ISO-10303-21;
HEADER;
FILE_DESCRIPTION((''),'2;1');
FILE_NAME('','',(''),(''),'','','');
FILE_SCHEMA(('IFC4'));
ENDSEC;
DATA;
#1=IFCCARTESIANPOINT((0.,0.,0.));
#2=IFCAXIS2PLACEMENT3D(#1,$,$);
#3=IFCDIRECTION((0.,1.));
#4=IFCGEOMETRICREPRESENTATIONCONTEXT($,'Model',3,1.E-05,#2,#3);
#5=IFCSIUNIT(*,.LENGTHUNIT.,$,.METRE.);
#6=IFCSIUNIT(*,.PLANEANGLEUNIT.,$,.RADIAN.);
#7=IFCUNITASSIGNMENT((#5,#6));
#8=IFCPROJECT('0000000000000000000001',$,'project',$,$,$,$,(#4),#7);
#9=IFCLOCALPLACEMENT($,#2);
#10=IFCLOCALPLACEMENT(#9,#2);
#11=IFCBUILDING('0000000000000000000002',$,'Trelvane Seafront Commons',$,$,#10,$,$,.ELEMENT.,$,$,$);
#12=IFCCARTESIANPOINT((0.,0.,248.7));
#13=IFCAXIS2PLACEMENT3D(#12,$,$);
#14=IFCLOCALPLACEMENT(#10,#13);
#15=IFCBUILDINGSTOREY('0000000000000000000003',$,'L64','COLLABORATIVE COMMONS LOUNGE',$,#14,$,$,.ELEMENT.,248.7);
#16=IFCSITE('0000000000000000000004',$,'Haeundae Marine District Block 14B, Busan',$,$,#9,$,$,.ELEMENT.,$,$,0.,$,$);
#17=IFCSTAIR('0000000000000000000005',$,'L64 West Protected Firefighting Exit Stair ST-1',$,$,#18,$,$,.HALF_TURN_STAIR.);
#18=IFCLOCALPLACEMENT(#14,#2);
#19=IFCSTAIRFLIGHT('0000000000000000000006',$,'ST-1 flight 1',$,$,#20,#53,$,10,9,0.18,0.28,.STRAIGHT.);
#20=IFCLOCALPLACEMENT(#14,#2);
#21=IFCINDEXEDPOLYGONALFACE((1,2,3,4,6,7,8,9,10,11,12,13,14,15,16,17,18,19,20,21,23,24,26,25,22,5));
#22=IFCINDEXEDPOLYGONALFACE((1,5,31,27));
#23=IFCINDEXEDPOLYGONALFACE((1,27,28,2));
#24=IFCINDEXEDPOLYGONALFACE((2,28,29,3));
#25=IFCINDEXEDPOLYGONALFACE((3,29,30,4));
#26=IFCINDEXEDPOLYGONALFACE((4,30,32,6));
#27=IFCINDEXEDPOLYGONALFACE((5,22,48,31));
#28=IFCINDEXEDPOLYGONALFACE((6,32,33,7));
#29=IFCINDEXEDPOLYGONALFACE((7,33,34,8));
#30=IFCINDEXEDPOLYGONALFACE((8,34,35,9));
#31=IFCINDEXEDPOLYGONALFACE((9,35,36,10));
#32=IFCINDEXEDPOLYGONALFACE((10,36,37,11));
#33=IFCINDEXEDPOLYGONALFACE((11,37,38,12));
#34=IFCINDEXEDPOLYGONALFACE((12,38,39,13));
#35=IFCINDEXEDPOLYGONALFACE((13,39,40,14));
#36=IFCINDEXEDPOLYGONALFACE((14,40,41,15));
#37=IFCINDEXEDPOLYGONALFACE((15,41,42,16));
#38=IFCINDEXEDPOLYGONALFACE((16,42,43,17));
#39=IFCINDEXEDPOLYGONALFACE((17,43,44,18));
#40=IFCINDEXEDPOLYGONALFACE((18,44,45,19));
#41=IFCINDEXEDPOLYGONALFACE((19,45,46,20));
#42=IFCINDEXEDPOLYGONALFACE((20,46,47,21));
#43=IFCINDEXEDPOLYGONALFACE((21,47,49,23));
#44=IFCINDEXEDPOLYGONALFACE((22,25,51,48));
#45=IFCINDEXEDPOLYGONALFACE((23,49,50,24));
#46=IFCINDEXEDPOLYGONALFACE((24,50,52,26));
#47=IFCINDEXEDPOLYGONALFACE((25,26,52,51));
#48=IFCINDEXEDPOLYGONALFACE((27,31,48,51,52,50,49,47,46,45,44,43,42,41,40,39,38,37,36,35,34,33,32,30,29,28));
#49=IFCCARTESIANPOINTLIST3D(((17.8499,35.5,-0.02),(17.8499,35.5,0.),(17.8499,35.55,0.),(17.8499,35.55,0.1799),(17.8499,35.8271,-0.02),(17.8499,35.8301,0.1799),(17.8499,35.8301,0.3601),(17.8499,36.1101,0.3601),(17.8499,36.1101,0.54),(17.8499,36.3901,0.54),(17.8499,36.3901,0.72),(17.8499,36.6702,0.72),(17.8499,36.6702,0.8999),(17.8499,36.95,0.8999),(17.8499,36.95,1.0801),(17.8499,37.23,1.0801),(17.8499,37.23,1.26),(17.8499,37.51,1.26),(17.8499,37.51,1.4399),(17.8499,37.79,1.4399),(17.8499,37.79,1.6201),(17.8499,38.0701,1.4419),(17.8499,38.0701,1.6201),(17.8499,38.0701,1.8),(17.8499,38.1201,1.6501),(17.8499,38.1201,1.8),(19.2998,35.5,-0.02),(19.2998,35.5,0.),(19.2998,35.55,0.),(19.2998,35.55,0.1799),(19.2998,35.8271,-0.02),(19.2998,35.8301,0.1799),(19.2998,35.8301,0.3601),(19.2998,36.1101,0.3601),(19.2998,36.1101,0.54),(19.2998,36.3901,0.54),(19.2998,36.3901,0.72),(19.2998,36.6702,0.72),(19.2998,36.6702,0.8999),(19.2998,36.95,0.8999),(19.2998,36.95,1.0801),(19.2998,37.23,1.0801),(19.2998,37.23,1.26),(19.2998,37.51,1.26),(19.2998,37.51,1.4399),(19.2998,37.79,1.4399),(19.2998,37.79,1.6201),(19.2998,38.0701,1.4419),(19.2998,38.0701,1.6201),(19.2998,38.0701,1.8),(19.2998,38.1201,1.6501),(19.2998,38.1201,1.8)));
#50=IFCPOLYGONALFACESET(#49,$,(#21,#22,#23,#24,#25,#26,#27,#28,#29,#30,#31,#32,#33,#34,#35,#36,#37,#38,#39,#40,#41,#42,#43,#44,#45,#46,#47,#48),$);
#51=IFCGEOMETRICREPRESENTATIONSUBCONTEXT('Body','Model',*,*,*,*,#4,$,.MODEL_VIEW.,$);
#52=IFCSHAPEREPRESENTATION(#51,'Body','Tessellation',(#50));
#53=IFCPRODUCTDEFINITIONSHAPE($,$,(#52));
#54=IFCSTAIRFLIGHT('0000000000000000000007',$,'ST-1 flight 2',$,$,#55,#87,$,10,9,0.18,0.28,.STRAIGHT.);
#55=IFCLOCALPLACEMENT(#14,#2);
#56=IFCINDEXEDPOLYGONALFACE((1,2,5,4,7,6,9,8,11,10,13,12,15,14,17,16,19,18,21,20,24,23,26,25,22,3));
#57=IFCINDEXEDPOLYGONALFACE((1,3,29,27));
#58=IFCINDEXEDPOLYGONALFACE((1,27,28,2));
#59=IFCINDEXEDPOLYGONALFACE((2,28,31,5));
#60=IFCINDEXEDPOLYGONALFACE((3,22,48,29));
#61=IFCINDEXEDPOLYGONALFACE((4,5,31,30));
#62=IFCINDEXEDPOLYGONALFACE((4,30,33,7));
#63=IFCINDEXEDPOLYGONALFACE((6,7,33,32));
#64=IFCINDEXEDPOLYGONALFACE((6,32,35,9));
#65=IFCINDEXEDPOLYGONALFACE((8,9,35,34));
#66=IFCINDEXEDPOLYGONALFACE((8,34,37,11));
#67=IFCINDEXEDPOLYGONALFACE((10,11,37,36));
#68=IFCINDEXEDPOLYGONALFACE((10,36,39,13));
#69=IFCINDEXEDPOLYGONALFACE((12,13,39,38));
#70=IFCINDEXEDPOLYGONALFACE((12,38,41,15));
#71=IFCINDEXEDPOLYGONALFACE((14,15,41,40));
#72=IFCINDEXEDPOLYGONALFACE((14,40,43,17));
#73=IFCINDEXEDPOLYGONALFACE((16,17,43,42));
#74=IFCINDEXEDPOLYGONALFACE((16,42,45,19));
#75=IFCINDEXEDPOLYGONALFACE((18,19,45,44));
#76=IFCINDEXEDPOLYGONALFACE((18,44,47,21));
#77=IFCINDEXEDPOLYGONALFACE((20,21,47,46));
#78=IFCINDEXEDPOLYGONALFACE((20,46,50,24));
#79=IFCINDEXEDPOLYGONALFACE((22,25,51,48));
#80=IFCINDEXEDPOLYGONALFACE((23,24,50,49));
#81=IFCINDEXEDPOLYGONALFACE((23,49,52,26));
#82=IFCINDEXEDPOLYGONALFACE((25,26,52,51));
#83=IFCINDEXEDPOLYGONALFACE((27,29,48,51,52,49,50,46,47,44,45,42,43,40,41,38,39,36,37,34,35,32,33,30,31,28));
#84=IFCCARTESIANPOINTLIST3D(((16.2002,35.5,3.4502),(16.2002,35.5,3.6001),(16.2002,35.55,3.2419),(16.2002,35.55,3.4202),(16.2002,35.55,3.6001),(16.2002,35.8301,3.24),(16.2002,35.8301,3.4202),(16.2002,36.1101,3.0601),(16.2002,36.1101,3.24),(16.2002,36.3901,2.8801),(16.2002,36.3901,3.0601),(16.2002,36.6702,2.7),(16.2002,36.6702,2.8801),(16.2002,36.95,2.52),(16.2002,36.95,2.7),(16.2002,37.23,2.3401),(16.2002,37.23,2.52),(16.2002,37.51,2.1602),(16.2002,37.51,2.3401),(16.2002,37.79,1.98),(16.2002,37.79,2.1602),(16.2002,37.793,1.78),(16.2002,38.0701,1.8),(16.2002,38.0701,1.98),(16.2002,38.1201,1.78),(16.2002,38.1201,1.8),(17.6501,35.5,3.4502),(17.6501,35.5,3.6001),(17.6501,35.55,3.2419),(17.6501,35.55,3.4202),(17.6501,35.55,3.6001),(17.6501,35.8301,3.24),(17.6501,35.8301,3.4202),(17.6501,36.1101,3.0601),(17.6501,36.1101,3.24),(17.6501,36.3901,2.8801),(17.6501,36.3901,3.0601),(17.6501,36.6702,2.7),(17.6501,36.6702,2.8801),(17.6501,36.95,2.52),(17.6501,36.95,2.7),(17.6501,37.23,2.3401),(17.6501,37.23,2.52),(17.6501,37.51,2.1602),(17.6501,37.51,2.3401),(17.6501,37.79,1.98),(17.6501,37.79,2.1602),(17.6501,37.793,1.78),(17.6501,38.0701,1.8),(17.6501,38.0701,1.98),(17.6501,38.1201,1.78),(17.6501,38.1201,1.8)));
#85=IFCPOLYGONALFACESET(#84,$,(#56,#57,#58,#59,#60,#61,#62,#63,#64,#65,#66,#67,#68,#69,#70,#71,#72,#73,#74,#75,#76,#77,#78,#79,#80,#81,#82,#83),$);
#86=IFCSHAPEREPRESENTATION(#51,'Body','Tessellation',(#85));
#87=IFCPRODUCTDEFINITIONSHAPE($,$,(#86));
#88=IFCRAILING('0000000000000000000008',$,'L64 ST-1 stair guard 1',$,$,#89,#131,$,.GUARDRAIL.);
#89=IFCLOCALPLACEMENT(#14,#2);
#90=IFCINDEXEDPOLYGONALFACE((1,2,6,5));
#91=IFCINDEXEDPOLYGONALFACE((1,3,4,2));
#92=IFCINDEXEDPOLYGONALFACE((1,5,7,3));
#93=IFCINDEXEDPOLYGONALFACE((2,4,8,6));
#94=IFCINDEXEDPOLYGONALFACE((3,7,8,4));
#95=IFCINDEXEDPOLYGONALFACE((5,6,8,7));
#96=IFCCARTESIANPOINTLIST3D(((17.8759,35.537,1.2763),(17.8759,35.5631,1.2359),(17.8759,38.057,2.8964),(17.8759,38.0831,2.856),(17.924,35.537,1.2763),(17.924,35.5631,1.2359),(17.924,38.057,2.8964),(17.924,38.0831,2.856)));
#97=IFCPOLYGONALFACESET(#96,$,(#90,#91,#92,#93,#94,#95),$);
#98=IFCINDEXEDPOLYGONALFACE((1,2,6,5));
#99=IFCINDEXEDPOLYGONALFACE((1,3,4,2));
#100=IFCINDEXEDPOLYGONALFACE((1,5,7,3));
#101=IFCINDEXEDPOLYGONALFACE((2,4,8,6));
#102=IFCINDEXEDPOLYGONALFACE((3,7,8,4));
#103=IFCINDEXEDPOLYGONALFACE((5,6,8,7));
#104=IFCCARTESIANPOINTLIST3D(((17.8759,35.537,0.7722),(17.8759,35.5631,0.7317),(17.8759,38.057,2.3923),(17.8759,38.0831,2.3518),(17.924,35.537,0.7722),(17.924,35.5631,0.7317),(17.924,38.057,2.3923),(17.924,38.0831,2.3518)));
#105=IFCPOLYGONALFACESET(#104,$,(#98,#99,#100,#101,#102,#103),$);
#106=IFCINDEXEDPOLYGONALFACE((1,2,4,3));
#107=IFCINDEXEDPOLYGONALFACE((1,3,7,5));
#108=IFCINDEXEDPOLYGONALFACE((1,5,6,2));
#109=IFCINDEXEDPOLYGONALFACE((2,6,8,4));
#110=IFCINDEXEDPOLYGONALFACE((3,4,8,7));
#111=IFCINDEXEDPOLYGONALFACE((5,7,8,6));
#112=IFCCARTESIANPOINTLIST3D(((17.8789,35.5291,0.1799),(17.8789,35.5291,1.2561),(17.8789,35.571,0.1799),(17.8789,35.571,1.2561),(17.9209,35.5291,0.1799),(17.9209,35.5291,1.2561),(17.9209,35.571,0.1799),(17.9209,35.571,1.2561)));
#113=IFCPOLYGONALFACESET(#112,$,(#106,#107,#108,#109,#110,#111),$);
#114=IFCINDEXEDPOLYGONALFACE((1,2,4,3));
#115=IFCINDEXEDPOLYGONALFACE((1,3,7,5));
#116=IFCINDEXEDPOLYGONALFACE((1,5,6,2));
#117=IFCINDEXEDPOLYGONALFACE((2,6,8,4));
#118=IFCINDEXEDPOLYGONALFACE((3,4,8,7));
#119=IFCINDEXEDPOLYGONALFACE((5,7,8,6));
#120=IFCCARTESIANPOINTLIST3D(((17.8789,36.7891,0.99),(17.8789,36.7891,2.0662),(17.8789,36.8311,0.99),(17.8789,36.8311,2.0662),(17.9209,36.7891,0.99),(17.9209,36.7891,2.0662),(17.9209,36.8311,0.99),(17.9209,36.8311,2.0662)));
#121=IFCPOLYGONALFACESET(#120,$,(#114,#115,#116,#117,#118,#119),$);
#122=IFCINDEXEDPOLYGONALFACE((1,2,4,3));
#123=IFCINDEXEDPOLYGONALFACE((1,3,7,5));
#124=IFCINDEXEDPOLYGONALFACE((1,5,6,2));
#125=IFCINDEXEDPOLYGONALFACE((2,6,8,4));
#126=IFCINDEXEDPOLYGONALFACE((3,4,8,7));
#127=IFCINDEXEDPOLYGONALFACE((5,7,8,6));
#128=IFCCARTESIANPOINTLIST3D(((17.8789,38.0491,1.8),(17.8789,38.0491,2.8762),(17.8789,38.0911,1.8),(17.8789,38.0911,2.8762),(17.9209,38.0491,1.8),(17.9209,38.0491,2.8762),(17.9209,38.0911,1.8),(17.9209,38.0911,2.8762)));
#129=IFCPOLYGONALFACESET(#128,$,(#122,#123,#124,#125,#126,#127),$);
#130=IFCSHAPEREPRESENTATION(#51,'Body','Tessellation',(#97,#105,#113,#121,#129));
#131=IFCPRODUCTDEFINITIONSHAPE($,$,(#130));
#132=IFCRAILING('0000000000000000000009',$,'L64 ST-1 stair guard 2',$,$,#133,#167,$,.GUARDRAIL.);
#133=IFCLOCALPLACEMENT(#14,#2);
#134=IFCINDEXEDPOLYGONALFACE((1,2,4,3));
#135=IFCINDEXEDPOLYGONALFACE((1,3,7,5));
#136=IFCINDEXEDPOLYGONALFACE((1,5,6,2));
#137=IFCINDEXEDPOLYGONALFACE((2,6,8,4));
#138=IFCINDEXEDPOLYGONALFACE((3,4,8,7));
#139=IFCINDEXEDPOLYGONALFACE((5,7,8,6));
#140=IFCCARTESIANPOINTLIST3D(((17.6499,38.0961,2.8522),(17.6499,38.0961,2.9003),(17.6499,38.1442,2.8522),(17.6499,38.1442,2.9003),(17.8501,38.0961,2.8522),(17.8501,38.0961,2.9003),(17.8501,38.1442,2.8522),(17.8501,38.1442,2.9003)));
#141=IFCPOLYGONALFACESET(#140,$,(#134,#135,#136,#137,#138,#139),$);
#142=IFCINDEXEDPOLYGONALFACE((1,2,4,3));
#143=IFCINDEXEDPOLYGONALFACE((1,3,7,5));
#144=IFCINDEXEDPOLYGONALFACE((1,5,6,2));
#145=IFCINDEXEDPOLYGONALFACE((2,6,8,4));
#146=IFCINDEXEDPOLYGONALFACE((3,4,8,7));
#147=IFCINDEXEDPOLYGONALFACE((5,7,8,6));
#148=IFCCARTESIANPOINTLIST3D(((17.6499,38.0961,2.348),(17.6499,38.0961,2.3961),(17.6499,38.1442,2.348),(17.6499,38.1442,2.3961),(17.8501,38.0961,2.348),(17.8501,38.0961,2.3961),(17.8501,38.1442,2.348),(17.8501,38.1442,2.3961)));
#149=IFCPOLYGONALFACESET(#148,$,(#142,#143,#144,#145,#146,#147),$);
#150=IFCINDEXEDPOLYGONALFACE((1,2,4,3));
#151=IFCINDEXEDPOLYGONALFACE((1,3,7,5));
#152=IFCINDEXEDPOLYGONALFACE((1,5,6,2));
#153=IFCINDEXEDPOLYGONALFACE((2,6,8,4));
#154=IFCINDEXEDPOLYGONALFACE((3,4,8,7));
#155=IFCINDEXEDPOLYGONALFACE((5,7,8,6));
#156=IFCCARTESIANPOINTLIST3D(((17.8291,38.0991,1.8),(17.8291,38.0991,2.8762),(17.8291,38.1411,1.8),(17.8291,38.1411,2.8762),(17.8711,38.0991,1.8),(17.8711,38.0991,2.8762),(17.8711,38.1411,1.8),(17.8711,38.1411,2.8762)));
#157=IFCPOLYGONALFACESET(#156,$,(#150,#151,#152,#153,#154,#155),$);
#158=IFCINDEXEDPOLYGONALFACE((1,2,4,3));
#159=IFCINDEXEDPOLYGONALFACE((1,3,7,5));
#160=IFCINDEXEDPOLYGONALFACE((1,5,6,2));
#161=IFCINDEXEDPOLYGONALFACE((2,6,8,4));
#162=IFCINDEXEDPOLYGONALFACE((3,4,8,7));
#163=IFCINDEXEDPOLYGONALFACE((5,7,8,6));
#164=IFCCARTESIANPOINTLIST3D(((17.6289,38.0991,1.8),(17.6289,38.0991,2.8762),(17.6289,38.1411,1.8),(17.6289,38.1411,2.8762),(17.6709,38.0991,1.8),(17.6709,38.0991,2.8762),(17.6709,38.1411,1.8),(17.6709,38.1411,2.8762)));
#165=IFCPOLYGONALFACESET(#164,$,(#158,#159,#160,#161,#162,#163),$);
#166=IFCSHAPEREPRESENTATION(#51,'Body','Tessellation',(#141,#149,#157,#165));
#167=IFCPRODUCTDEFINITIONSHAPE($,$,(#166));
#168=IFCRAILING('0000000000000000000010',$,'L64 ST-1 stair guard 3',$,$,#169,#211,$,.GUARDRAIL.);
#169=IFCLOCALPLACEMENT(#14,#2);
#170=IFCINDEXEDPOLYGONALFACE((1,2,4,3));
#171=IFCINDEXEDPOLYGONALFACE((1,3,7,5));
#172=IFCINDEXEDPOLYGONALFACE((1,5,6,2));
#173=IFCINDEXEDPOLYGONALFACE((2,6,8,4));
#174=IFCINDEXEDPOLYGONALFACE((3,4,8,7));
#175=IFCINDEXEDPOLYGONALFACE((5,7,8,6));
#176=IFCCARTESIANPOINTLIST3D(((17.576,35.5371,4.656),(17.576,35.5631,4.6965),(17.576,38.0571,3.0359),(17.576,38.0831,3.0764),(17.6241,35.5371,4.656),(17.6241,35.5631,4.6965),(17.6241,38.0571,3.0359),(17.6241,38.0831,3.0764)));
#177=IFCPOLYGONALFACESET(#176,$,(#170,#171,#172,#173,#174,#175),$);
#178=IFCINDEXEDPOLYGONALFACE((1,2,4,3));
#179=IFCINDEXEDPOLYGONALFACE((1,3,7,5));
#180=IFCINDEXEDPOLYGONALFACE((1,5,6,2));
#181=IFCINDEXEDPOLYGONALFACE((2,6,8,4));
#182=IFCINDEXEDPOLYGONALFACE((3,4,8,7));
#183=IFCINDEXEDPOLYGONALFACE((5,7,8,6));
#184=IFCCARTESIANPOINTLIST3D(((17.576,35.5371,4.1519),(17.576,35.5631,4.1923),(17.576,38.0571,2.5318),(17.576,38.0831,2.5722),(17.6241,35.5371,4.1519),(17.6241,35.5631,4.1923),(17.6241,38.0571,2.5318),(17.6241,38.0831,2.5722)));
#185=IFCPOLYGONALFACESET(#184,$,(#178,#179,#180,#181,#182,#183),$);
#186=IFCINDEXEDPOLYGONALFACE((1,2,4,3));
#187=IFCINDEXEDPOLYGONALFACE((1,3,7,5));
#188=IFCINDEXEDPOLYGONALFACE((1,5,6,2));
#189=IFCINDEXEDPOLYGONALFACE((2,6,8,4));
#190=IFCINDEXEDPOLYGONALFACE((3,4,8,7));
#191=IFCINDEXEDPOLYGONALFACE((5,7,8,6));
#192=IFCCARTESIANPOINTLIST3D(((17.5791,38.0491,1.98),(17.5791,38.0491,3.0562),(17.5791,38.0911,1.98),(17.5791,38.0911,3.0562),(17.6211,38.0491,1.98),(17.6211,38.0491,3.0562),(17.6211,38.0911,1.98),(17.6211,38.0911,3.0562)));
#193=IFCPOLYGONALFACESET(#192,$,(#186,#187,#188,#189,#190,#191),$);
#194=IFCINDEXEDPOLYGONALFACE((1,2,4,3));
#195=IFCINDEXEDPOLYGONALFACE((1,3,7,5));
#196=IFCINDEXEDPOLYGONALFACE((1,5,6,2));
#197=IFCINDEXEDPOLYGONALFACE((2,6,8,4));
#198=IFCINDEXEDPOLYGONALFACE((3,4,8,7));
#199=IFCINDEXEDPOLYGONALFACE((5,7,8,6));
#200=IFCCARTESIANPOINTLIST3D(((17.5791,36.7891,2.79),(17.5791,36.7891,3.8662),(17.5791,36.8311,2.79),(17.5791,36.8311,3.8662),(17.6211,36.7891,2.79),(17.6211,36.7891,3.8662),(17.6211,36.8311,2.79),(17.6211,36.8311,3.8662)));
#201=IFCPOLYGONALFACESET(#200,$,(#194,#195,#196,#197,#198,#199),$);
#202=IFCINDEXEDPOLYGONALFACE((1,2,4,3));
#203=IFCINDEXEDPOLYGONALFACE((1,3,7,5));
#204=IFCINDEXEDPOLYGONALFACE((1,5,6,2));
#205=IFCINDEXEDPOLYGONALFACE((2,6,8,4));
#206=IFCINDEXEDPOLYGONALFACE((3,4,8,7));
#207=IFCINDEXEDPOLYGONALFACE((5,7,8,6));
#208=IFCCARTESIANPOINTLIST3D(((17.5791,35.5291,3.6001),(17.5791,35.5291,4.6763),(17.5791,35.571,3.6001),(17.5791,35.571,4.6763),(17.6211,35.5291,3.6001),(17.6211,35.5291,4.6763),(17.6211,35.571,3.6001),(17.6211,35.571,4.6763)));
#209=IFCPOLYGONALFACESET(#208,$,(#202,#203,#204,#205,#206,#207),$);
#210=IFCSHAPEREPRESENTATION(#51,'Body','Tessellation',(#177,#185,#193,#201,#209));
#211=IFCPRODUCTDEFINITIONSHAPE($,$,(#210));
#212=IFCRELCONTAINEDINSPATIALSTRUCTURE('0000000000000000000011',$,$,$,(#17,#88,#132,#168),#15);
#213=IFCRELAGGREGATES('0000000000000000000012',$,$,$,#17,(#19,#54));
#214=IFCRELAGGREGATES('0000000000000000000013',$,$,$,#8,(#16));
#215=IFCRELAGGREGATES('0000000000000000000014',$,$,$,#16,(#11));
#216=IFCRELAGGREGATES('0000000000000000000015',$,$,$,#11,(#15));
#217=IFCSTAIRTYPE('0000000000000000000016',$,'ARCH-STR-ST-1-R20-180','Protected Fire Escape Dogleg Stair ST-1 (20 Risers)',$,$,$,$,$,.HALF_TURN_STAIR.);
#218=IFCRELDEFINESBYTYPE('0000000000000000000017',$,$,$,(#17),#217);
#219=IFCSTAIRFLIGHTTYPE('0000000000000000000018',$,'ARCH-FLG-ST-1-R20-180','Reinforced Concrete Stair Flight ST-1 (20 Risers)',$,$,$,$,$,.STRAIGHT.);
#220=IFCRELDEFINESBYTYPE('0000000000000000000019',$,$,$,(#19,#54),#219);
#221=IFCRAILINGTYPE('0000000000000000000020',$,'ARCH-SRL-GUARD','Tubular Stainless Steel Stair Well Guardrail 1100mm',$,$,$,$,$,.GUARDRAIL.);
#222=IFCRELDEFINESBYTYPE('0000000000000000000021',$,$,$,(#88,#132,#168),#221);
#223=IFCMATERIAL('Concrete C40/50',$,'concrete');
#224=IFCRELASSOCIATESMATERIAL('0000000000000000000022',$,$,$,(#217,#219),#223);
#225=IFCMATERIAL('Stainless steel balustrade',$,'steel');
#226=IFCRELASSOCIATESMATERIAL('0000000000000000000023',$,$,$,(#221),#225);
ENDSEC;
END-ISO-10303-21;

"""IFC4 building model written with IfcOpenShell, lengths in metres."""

from ifc_helpers import new_model, si_unit, direction, frame, origin, origin_2d, place, context, subcontext, project, spatial, polyline, rectangle, outline, extrude, source, transform, mapped, material, type_object, element, aggregate, save


model = new_model("IFC4")

# Units and contexts
model_context = context("Model", 3, precision=1e-05, world=origin(), true_north=direction((0.0, 1.0)))
body_context = subcontext(model_context, "Body", "Model", "MODEL_VIEW")
ifc_project = project(units=[si_unit("LENGTHUNIT", "METRE"), si_unit("PLANEANGLEUNIT", "RADIAN")], contexts=[model_context])

# Site, building, storey
site_placement = place(None, origin())
site = spatial("IfcSite", under=ifc_project, at=site_placement, Name="Haeundae Marine District Block 14B, Busan", CompositionType="ELEMENT", RefElevation=0.0)
building_placement = place(site_placement, origin())
building = spatial("IfcBuilding", under=site, at=building_placement, Name="Trelvane Seafront Commons", CompositionType="ELEMENT")
storey_placement = place(building_placement, frame((0.0, 0.0, 248.7)))
storey = spatial("IfcBuildingStorey", under=building, at=storey_placement, Name="L64", Description="COLLABORATIVE COMMONS LOUNGE", CompositionType="ELEMENT", Elevation=248.7)

# Shared definitions
ifc_material_1 = material(Name="Concrete C40/50", Category="concrete")
ifc_material_2 = material(Name="Stainless steel balustrade", Category="steel")

# Stair, stair flights
stair_type = type_object("IfcStairType", Name="ARCH-STR-ST-1-R20-180", Description="Protected Fire Escape Dogleg Stair ST-1 (20 Risers)", PredefinedType="HALF_TURN_STAIR", material=ifc_material_1)
stair_placement = place(storey_placement, origin())
stair = element("IfcStair", 1, at=stair_placement, inside=storey, type_object=stair_type, Name="L64 West Protected Firefighting Exit Stair ST-1", PredefinedType="HALF_TURN_STAIR")
stair_flight_type = type_object("IfcStairFlightType", Name="ARCH-FLG-ST-1-R20-180", Description="Reinforced Concrete Stair Flight ST-1 (20 Risers)", PredefinedType="STRAIGHT", material=ifc_material_1)
shared_shape_1 = source(origin(), body_context, "Body", "SweptSolid", [
    extrude(outline(polyline([(-0.05, -0.02), (-0.05, 0.0), (0.0, 0.0), (0.0, 0.1799), (0.28, 0.1799), (0.28, 0.3601), (0.5601, 0.3601), (0.5601, 0.54), (0.8401, 0.54), (0.8401, 0.72), (1.1201, 0.72), (1.1201, 0.8999), (1.3999, 0.8999), (1.3999, 1.0801), (1.6799, 1.0801), (1.6799, 1.26), (1.96, 1.26), (1.96, 1.4399), (2.24, 1.4399), (2.24, 1.6201), (2.52, 1.6201), (2.52, 1.8), (2.5701, 1.8), (2.5701, 1.6501), (2.52, 1.4419), (0.2771, -0.02), (-0.05, -0.02)])), frame((0.0, 0.7251, 0.0), z_axis=(0.0, -1.0, 0.0), x_axis=(1.0, 0.0, 0.0)), (0.0, 0.0, 1.0), 1.45),
])
stair_flight_1_placement = place(storey_placement, frame((18.575, 35.55, 0.0), z_axis=(0.0, 0.0, 1.0), x_axis=(0.0, 1.0, 0.0)))
stair_flight_1 = element("IfcStairFlight", 2, at=stair_flight_1_placement, type_object=stair_flight_type, Name="ST-1 flight 1", NumberOfRisers=10, NumberOfTreads=9, PredefinedType="STRAIGHT", RiserHeight=0.18, TreadLength=0.28, context=body_context, shape_type="MappedRepresentation", body=[
    mapped(shared_shape_1, transform((0.0, 0.0, 0.0), x_axis=(1.0, 0.0, 0.0), y_axis=(0.0, 1.0, 0.0), z_axis=(0.0, 0.0, 1.0), scale=1.0)),
])
stair_flight_2_placement = place(storey_placement, frame((16.925, 38.0701, 1.8), z_axis=(0.0, 0.0, 1.0), x_axis=(0.0, -1.0, 0.0)))
stair_flight_2 = element("IfcStairFlight", 3, at=stair_flight_2_placement, type_object=stair_flight_type, Name="ST-1 flight 2", NumberOfRisers=10, NumberOfTreads=9, PredefinedType="STRAIGHT", RiserHeight=0.18, TreadLength=0.28, context=body_context, shape_type="MappedRepresentation", body=[
    mapped(shared_shape_1, transform((0.0, 0.0, 0.0), x_axis=(1.0, 0.0, 0.0), y_axis=(0.0, 1.0, 0.0), z_axis=(0.0, 0.0, 1.0), scale=1.0)),
])
aggregate(stair, [stair_flight_1, stair_flight_2])

# Railings
railing_type_1 = type_object("IfcRailingType", Name="ARCH-SRL-GUARD", Description="Tubular Stainless Steel Stair Well Guardrail 1100mm", PredefinedType="GUARDRAIL", material=ifc_material_2)
railing_1_placement = place(storey_placement, frame((17.8999, 35.55, 0.1799)))
element("IfcRailing", 4, at=railing_1_placement, inside=storey, type_object=railing_type_1, Name="L64 ST-1 stair guard 1", PredefinedType="GUARDRAIL", context=body_context, shape_type="SweptSolid", body=[
    extrude(rectangle(XDim=0.0481, YDim=0.0481, at=origin_2d()), frame((0.0, 0.0, 1.0762), z_axis=(0.0, 0.841163, 0.540782), x_axis=(-1.0, 0.0, 0.0)), (0.0, 0.0, 1.0), 2.9958),
    extrude(rectangle(XDim=0.0481, YDim=0.0481, at=origin_2d()), frame((0.0, 0.0, 0.572), z_axis=(0.0, 0.841163, 0.540782), x_axis=(-1.0, 0.0, 0.0)), (0.0, 0.0, 1.0), 2.9958),
    extrude(rectangle(XDim=0.042, YDim=0.042, at=origin_2d()), origin(), (0.0, 0.0, 1.0), 1.0762),
    extrude(rectangle(XDim=0.042, YDim=0.042, at=origin_2d()), frame((0.0, 1.26, 0.8101)), (0.0, 0.0, 1.0), 1.0762),
    extrude(rectangle(XDim=0.042, YDim=0.042, at=origin_2d()), frame((0.0, 2.52, 1.6201)), (0.0, 0.0, 1.0), 1.0762),
])
railing_2_placement = place(storey_placement, frame((17.8501, 38.1201, 1.8)))
element("IfcRailing", 5, at=railing_2_placement, inside=storey, type_object=railing_type_1, Name="L64 ST-1 stair guard 2", PredefinedType="GUARDRAIL", context=body_context, shape_type="SweptSolid", body=[
    extrude(rectangle(XDim=0.0481, YDim=0.0481, at=origin_2d()), frame((0.0, 0.0, 1.0762), z_axis=(-1.0, 0.0, 0.0), x_axis=(0.0, -1.0, 0.0)), (0.0, 0.0, 1.0), 0.2002),
    extrude(rectangle(XDim=0.0481, YDim=0.0481, at=origin_2d()), frame((0.0, 0.0, 0.572), z_axis=(-1.0, 0.0, 0.0), x_axis=(0.0, -1.0, 0.0)), (0.0, 0.0, 1.0), 0.2002),
    extrude(rectangle(XDim=0.042, YDim=0.042, at=origin_2d()), origin(), (0.0, 0.0, 1.0), 1.0762),
    extrude(rectangle(XDim=0.042, YDim=0.042, at=origin_2d()), frame((-0.2002, 0.0, 0.0)), (0.0, 0.0, 1.0), 1.0762),
])
railing_3_placement = place(storey_placement, frame((17.6001, 38.0701, 1.98)))
element("IfcRailing", 6, at=railing_3_placement, inside=storey, type_object=railing_type_1, Name="L64 ST-1 stair guard 3", PredefinedType="GUARDRAIL", context=body_context, shape_type="SweptSolid", body=[
    extrude(rectangle(XDim=0.0481, YDim=0.0481, at=origin_2d()), frame((0.0, 0.0, 1.0762), z_axis=(0.0, -0.841163, 0.540782), x_axis=(1.0, 0.0, 0.0)), (0.0, 0.0, 1.0), 2.9958),
    extrude(rectangle(XDim=0.0481, YDim=0.0481, at=origin_2d()), frame((0.0, 0.0, 0.572), z_axis=(0.0, -0.841163, 0.540782), x_axis=(1.0, 0.0, 0.0)), (0.0, 0.0, 1.0), 2.9958),
    extrude(rectangle(XDim=0.042, YDim=0.042, at=origin_2d()), origin(), (0.0, 0.0, 1.0), 1.0762),
    extrude(rectangle(XDim=0.042, YDim=0.042, at=origin_2d()), frame((0.0, -1.26, 0.8101)), (0.0, 0.0, 1.0), 1.0762),
    extrude(rectangle(XDim=0.042, YDim=0.042, at=origin_2d()), frame((0.0, -2.52, 1.6201)), (0.0, 0.0, 1.0), 1.0762),
])

save(model, "model.ifc")
